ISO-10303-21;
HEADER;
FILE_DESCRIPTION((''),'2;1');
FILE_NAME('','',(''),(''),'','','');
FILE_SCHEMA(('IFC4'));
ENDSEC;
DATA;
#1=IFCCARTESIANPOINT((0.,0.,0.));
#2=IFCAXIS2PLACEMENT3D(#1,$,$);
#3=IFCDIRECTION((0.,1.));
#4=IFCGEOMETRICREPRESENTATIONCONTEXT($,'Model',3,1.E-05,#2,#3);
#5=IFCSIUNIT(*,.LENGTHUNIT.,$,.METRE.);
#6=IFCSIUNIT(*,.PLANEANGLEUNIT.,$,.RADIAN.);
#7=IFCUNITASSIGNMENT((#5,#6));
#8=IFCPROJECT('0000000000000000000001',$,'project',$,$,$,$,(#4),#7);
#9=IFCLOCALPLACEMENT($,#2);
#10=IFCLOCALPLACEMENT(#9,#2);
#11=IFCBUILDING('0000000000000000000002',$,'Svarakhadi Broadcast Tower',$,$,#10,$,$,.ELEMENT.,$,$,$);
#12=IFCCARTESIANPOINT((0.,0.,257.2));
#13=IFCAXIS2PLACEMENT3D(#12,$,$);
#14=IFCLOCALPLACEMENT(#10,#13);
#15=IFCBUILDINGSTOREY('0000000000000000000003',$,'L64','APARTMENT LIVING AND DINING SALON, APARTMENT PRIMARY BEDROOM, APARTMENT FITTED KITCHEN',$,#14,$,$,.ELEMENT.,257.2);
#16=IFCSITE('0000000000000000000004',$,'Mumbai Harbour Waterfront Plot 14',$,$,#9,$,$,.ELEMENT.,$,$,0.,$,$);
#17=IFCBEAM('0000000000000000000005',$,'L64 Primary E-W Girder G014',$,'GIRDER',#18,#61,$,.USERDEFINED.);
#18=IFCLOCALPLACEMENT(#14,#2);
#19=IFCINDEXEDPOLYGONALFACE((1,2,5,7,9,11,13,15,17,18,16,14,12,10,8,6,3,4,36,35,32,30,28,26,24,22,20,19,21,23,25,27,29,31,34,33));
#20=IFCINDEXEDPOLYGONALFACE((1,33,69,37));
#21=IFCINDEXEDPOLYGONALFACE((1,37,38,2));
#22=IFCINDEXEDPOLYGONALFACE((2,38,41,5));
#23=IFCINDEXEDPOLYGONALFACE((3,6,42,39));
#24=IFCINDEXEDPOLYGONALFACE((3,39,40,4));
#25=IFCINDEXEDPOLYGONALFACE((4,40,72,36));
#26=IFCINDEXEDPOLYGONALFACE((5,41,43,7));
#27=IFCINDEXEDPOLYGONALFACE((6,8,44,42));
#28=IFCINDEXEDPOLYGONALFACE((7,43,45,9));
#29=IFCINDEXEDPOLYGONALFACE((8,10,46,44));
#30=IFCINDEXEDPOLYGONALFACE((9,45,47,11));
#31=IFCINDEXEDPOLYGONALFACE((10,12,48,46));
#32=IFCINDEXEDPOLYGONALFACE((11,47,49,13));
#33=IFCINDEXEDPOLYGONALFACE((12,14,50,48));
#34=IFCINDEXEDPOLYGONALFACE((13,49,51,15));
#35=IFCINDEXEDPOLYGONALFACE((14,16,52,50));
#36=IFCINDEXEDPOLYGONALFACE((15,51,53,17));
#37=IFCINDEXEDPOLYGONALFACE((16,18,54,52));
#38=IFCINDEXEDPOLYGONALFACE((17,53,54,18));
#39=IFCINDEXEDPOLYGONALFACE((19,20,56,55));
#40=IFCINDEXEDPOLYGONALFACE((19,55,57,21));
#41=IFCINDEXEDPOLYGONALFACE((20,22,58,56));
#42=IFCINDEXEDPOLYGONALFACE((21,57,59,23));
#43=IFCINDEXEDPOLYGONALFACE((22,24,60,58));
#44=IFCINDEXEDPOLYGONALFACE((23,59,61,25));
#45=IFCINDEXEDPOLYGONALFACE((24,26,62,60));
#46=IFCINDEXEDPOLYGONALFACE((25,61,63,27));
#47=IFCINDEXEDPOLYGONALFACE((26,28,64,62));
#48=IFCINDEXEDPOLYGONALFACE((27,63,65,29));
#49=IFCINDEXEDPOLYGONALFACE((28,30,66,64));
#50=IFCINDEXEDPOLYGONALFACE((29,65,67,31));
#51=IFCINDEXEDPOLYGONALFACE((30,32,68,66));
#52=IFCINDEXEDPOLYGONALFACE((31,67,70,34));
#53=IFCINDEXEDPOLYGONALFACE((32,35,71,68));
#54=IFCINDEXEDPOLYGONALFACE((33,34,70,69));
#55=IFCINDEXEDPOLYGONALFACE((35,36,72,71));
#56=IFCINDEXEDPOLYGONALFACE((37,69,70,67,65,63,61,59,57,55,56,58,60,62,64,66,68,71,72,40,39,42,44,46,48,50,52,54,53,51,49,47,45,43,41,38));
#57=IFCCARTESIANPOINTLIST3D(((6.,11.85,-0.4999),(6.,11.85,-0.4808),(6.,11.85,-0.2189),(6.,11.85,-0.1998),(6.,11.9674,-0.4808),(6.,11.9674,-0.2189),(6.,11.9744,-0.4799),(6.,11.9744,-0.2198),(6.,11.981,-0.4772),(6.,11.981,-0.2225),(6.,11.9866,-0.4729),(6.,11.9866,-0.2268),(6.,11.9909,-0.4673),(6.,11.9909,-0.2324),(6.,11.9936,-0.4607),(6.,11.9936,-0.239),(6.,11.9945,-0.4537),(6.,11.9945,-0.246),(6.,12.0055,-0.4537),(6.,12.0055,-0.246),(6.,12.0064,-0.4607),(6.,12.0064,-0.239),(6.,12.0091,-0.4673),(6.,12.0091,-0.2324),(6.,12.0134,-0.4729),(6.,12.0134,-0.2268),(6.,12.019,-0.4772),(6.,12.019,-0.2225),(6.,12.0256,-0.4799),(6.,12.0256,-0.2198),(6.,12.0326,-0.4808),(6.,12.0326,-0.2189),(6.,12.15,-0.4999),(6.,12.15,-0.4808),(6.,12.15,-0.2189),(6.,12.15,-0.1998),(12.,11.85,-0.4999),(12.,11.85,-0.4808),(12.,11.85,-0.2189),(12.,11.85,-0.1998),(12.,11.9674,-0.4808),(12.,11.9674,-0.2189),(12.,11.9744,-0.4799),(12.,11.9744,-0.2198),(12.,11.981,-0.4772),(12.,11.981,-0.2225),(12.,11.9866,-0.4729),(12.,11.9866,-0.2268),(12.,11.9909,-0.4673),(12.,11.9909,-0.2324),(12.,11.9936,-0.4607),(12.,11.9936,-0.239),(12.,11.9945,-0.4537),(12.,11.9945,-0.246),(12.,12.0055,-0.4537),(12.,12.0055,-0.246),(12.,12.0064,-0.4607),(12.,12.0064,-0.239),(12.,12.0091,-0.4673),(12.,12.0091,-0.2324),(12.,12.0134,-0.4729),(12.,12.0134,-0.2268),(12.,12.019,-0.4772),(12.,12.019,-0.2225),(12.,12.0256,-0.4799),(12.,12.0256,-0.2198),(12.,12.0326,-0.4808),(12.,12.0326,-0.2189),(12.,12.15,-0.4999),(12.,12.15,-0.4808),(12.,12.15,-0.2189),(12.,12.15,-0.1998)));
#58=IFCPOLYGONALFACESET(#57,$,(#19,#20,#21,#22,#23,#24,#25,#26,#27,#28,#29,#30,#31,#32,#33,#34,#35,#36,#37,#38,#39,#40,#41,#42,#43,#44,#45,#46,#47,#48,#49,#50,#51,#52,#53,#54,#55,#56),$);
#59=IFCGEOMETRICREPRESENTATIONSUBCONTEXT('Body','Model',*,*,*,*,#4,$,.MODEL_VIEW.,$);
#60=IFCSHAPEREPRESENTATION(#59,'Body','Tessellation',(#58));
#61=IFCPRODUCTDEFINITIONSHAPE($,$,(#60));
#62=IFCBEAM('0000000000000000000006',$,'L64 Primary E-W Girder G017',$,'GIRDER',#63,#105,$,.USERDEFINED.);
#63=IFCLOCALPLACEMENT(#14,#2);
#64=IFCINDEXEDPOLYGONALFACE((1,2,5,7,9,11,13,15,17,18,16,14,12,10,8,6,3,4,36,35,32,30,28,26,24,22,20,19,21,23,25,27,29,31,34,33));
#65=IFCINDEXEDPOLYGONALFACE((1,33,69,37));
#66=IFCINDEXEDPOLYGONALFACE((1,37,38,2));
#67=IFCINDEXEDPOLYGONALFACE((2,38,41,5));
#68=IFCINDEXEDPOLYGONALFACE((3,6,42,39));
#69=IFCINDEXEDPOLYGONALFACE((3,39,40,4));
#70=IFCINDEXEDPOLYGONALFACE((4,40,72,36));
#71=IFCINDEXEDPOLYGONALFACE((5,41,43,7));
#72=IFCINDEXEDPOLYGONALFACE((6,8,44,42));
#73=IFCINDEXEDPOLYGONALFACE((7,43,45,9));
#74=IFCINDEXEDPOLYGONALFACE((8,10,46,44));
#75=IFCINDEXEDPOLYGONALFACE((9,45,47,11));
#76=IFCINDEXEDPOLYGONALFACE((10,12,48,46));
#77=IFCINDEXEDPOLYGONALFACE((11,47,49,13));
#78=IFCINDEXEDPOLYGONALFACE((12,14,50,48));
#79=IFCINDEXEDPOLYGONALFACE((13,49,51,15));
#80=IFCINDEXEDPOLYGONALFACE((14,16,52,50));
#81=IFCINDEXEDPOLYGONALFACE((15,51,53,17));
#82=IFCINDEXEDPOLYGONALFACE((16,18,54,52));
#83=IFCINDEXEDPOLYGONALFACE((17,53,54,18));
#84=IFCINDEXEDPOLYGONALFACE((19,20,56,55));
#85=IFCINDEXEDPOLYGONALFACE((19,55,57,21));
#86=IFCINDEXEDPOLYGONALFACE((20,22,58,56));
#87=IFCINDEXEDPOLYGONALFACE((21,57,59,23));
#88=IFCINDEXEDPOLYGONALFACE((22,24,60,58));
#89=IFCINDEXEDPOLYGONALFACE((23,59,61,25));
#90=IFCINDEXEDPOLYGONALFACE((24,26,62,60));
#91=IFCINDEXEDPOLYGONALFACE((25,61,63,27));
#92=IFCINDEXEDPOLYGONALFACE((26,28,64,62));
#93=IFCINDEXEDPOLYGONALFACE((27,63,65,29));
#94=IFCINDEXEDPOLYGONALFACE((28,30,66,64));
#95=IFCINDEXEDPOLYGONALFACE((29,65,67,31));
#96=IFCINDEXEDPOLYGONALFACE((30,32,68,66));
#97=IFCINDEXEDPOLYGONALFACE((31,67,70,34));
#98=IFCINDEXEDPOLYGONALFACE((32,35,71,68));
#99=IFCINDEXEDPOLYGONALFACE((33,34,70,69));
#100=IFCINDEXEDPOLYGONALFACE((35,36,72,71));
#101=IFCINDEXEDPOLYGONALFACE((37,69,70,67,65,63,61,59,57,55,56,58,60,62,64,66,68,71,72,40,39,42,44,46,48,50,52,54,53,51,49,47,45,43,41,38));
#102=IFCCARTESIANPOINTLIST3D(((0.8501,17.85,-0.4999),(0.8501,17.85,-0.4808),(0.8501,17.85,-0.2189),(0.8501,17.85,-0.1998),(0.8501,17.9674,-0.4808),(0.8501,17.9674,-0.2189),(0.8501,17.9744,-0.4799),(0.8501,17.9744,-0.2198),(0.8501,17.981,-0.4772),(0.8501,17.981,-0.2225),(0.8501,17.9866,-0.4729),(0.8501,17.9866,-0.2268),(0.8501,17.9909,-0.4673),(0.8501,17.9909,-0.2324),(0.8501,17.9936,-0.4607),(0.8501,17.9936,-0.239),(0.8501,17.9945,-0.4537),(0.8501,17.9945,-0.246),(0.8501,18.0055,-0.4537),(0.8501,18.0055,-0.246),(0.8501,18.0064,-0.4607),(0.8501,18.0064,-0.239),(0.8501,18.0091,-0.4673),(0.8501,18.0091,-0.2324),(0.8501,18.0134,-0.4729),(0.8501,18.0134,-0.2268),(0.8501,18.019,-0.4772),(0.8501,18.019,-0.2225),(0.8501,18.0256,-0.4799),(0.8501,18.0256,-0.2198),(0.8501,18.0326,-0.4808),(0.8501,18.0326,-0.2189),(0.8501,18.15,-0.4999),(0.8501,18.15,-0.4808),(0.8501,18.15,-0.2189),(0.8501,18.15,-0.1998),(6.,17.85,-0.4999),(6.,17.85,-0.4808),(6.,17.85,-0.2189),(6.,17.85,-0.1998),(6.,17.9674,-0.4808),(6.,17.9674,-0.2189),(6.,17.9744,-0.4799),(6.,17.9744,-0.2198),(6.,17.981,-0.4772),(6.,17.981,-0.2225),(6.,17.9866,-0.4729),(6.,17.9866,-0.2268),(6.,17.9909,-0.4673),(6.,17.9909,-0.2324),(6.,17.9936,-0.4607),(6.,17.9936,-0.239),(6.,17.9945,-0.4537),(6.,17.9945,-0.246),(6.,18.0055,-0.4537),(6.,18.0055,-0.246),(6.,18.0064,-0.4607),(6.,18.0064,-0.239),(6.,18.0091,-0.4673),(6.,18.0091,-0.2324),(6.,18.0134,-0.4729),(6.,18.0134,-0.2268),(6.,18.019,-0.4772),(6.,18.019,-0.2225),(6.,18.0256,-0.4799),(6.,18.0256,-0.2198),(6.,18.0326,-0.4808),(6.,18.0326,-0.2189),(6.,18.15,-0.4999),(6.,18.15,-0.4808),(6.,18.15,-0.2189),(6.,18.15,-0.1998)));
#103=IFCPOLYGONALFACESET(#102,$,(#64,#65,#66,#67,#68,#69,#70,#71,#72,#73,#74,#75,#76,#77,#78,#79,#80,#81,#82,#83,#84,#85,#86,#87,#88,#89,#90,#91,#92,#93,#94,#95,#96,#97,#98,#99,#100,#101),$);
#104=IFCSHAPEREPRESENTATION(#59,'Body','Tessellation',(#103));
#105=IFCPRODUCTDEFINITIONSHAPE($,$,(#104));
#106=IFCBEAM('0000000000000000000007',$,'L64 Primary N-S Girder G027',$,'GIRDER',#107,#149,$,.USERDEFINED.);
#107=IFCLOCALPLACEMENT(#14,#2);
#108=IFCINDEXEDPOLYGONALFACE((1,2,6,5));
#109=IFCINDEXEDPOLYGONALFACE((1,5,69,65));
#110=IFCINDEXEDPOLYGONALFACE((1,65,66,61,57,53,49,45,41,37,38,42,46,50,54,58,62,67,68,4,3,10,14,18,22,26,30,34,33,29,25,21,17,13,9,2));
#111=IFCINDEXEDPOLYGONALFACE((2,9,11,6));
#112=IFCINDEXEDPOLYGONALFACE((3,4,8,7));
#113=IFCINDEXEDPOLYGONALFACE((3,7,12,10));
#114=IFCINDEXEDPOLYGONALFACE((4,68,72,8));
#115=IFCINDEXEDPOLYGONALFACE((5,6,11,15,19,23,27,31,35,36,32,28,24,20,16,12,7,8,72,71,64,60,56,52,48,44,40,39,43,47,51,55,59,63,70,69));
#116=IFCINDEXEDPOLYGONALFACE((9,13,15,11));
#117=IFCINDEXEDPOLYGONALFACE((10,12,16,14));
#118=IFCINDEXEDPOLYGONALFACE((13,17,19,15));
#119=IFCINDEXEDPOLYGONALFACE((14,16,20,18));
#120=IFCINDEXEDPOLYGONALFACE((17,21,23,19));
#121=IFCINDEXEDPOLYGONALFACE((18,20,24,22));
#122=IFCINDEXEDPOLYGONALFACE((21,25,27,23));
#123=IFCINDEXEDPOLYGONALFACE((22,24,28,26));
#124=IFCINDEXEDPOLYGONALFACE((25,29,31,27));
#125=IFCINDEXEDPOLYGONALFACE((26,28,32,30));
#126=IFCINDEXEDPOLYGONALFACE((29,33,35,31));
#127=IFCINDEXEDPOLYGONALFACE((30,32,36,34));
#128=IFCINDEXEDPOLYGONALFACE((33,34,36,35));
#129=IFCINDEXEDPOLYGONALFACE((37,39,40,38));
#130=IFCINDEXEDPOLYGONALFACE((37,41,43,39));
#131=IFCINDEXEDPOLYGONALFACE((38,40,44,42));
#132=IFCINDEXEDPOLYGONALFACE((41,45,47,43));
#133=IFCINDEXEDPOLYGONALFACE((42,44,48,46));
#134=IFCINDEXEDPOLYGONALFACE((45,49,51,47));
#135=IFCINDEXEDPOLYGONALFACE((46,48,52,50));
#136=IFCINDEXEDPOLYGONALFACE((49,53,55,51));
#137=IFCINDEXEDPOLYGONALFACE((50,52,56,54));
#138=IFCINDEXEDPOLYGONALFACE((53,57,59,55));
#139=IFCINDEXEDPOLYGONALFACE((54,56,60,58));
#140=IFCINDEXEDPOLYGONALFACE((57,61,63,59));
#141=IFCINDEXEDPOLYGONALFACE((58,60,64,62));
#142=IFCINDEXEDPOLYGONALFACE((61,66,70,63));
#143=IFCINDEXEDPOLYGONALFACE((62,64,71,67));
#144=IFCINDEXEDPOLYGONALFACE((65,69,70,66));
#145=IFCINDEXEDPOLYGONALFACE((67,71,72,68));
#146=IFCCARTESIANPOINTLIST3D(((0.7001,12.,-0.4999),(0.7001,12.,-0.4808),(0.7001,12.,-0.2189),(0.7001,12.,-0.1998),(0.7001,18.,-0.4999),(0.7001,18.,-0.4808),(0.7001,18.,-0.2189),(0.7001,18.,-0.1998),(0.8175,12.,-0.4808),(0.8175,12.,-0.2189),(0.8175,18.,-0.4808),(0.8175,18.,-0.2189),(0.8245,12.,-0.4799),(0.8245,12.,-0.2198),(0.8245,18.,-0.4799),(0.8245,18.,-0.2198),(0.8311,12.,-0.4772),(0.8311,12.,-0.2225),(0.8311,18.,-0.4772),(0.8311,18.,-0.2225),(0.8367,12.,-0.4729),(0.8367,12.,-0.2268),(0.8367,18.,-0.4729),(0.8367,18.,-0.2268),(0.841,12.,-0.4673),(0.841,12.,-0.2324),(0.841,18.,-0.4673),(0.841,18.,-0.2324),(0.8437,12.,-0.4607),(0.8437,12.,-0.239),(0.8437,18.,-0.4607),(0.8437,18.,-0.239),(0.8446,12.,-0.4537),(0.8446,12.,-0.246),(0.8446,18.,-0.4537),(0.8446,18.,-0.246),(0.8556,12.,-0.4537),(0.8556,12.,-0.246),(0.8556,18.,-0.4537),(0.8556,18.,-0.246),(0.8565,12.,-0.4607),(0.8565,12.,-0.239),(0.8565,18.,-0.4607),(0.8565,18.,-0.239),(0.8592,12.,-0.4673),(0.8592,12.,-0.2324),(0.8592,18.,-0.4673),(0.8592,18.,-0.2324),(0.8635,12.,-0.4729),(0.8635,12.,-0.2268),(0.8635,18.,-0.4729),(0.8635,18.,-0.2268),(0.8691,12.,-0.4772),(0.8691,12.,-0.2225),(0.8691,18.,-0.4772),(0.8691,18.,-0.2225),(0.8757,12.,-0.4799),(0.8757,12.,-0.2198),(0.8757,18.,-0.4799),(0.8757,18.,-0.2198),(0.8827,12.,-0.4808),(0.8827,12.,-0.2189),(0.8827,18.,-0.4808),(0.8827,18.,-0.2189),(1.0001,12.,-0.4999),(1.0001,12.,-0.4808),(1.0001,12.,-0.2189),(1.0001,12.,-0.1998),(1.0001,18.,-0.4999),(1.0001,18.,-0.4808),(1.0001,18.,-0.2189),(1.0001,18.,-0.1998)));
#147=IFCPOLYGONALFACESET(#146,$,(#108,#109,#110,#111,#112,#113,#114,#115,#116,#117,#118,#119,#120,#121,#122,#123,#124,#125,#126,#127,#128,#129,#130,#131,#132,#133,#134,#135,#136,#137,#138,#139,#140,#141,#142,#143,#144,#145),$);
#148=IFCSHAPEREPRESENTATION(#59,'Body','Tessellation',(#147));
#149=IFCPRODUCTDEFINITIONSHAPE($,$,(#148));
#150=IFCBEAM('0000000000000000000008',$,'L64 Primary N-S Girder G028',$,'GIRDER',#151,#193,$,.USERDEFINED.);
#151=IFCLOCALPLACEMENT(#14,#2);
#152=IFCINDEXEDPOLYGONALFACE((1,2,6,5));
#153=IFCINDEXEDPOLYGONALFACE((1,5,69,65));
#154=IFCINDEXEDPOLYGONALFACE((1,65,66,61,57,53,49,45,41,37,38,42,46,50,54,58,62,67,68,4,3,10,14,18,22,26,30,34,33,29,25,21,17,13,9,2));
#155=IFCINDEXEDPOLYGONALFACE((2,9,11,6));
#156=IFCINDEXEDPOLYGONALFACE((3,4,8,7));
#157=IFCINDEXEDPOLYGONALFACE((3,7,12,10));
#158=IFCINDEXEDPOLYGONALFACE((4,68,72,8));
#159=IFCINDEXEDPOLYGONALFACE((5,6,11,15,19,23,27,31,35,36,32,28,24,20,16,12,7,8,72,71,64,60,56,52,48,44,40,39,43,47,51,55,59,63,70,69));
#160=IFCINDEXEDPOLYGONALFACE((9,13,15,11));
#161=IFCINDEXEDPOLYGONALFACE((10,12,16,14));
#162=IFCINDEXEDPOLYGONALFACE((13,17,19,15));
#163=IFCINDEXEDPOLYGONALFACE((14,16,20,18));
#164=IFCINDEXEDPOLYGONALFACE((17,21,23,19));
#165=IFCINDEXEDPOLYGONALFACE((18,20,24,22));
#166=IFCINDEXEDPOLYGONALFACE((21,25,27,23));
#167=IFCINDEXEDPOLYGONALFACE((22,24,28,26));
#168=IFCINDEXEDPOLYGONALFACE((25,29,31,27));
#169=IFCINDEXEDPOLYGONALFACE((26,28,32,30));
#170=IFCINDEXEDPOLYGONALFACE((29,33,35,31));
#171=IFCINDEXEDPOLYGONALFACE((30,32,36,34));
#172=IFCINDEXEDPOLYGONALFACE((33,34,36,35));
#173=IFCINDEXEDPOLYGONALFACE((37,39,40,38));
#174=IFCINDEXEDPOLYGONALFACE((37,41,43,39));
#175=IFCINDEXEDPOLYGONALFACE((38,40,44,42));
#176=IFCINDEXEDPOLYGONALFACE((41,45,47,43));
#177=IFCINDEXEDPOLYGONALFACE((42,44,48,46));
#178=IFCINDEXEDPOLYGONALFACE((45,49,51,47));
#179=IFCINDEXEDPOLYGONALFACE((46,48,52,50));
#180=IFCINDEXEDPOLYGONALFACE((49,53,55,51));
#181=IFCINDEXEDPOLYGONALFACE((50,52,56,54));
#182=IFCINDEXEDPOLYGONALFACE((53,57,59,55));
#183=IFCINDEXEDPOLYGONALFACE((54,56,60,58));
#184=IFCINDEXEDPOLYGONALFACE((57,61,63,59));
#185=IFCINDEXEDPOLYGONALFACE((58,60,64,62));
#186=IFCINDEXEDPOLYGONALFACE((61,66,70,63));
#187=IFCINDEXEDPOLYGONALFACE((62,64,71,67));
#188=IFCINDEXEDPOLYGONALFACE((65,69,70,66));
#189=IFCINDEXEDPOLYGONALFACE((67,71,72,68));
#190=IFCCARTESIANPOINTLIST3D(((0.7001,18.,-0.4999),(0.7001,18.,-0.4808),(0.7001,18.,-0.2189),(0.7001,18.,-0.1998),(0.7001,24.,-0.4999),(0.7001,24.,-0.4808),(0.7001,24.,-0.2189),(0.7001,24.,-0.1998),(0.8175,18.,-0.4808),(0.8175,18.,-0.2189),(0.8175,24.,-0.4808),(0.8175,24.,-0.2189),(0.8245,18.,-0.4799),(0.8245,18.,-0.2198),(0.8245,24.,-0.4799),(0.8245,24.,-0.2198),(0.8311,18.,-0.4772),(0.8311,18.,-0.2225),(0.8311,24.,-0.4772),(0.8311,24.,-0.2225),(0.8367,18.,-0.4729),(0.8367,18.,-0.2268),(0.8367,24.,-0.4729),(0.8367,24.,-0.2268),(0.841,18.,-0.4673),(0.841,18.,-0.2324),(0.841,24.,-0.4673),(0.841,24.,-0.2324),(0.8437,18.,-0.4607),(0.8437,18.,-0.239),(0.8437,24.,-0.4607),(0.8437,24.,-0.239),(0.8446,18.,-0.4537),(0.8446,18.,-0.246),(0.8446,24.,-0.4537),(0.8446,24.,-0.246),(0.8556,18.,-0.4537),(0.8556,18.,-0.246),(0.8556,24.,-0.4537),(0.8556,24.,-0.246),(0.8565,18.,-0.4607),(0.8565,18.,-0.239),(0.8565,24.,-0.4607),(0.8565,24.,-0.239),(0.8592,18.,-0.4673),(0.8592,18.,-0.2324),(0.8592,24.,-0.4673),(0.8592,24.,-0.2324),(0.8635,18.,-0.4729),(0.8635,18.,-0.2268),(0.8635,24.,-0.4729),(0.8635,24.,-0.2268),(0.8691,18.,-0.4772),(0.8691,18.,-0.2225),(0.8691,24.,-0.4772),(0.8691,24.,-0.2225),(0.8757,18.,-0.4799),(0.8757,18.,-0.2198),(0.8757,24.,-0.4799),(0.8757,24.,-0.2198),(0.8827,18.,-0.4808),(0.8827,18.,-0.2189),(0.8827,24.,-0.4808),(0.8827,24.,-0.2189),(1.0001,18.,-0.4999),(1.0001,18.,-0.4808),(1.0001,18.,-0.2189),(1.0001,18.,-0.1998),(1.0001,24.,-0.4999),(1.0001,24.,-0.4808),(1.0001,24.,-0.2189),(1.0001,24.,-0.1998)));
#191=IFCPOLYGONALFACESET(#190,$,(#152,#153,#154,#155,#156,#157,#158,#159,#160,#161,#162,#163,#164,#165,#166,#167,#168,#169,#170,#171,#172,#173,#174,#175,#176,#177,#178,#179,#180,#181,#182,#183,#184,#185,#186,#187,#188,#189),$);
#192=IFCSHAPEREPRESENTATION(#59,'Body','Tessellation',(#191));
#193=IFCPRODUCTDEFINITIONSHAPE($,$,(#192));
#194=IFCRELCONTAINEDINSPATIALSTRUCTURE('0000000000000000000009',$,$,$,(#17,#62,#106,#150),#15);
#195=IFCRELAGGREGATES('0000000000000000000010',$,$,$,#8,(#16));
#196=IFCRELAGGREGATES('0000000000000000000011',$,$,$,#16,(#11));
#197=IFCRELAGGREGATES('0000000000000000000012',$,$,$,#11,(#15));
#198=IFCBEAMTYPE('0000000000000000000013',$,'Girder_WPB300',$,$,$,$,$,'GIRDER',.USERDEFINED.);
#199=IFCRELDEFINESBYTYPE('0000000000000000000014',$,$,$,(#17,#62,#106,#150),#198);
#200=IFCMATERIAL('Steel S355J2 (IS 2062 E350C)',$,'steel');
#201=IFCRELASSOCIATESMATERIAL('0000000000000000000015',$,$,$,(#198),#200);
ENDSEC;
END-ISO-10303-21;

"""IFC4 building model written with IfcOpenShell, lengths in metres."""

from ifc_helpers import new_model, si_unit, direction, frame, origin, origin_2d, place, context, subcontext, project, spatial, i_section, extrude, material, material_profile, profile_set, type_object, element, save


model = new_model("IFC4")

# Units and contexts
model_context = context("Model", 3, precision=1e-05, world=origin(), true_north=direction((0.0, 1.0)))
body_context = subcontext(model_context, "Body", "Model", "MODEL_VIEW")
ifc_project = project(units=[si_unit("LENGTHUNIT", "METRE"), si_unit("PLANEANGLEUNIT", "RADIAN")], contexts=[model_context])

# Site, building, storey
site_placement = place(None, origin())
site = spatial("IfcSite", under=ifc_project, at=site_placement, Name="Mumbai Harbour Waterfront Plot 14", CompositionType="ELEMENT", RefElevation=0.0)
building_placement = place(site_placement, origin())
building = spatial("IfcBuilding", under=site, at=building_placement, Name="Svarakhadi Broadcast Tower", CompositionType="ELEMENT")
storey_placement = place(building_placement, frame((0.0, 0.0, 257.2)))
storey = spatial("IfcBuildingStorey", under=building, at=storey_placement, Name="L64", Description="APARTMENT LIVING AND DINING SALON, APARTMENT PRIMARY BEDROOM, APARTMENT FITTED KITCHEN", CompositionType="ELEMENT", Elevation=257.2)

# Shared definitions
ifc_material_1 = material(Name="Steel S355J2 (IS 2062 E350C)", Category="steel")

# Beams
ifc_material_profile_1 = material_profile(ifc_material_1, i_section(OverallWidth=0.3, OverallDepth=0.3, WebThickness=0.011, FlangeThickness=0.019, FilletRadius=0.0271, at=origin_2d()), Name="WPB 300x300x117")
ifc_profile_set_1 = profile_set([ifc_material_profile_1], Name="Steel S355J2 (IS 2062 E350C)")
beam_type_1 = type_object("IfcBeamType", Name="Girder_WPB300", ElementType="GIRDER", PredefinedType="USERDEFINED", material=ifc_profile_set_1)
beam_1_placement = place(storey_placement, frame((6.0, 12.0, -0.3499), z_axis=(1.0, 0.0, 0.0), x_axis=(0.0, 1.0, 0.0)))
element("IfcBeam", 1, at=beam_1_placement, inside=storey, type_object=beam_type_1, Name="L64 Primary E-W Girder G014", ObjectType="GIRDER", PredefinedType="USERDEFINED", context=body_context, shape_type="SweptSolid", body=[
    extrude(i_section(OverallWidth=0.3, OverallDepth=0.3, WebThickness=0.011, FlangeThickness=0.019, FilletRadius=0.0271, at=origin_2d()), origin(), (0.0, 0.0, 1.0), 6.0),
])
beam_2_placement = place(storey_placement, frame((0.8501, 18.0, -0.3499), z_axis=(1.0, 0.0, 0.0), x_axis=(0.0, 1.0, 0.0)))
element("IfcBeam", 2, at=beam_2_placement, inside=storey, type_object=beam_type_1, Name="L64 Primary E-W Girder G017", ObjectType="GIRDER", PredefinedType="USERDEFINED", context=body_context, shape_type="SweptSolid", body=[
    extrude(i_section(OverallWidth=0.3, OverallDepth=0.3, WebThickness=0.011, FlangeThickness=0.019, FilletRadius=0.0271, at=origin_2d()), origin(), (0.0, 0.0, 1.0), 5.1499),
])
for number, where, z_axis, x_axis, name in (
    (3, (0.8501, 12.0, -0.3499), (0.0, 1.0, 0.0), (-1.0, 0.0, 0.0), "L64 Primary N-S Girder G027"),
    (4, (0.8501, 18.0, -0.3499), (0.0, 1.0, 0.0), (-1.0, 0.0, 0.0), "L64 Primary N-S Girder G028"),
):
    element("IfcBeam", number, at=place(storey_placement, frame(where, z_axis=z_axis, x_axis=x_axis)), inside=storey, type_object=beam_type_1, Name=name, ObjectType="GIRDER", PredefinedType="USERDEFINED", context=body_context, shape_type="SweptSolid", body=[
        extrude(i_section(OverallWidth=0.3, OverallDepth=0.3, WebThickness=0.011, FlangeThickness=0.019, FilletRadius=0.0271, at=origin_2d()), origin(), (0.0, 0.0, 1.0), 6.0),
    ])

save(model, "model.ifc")
